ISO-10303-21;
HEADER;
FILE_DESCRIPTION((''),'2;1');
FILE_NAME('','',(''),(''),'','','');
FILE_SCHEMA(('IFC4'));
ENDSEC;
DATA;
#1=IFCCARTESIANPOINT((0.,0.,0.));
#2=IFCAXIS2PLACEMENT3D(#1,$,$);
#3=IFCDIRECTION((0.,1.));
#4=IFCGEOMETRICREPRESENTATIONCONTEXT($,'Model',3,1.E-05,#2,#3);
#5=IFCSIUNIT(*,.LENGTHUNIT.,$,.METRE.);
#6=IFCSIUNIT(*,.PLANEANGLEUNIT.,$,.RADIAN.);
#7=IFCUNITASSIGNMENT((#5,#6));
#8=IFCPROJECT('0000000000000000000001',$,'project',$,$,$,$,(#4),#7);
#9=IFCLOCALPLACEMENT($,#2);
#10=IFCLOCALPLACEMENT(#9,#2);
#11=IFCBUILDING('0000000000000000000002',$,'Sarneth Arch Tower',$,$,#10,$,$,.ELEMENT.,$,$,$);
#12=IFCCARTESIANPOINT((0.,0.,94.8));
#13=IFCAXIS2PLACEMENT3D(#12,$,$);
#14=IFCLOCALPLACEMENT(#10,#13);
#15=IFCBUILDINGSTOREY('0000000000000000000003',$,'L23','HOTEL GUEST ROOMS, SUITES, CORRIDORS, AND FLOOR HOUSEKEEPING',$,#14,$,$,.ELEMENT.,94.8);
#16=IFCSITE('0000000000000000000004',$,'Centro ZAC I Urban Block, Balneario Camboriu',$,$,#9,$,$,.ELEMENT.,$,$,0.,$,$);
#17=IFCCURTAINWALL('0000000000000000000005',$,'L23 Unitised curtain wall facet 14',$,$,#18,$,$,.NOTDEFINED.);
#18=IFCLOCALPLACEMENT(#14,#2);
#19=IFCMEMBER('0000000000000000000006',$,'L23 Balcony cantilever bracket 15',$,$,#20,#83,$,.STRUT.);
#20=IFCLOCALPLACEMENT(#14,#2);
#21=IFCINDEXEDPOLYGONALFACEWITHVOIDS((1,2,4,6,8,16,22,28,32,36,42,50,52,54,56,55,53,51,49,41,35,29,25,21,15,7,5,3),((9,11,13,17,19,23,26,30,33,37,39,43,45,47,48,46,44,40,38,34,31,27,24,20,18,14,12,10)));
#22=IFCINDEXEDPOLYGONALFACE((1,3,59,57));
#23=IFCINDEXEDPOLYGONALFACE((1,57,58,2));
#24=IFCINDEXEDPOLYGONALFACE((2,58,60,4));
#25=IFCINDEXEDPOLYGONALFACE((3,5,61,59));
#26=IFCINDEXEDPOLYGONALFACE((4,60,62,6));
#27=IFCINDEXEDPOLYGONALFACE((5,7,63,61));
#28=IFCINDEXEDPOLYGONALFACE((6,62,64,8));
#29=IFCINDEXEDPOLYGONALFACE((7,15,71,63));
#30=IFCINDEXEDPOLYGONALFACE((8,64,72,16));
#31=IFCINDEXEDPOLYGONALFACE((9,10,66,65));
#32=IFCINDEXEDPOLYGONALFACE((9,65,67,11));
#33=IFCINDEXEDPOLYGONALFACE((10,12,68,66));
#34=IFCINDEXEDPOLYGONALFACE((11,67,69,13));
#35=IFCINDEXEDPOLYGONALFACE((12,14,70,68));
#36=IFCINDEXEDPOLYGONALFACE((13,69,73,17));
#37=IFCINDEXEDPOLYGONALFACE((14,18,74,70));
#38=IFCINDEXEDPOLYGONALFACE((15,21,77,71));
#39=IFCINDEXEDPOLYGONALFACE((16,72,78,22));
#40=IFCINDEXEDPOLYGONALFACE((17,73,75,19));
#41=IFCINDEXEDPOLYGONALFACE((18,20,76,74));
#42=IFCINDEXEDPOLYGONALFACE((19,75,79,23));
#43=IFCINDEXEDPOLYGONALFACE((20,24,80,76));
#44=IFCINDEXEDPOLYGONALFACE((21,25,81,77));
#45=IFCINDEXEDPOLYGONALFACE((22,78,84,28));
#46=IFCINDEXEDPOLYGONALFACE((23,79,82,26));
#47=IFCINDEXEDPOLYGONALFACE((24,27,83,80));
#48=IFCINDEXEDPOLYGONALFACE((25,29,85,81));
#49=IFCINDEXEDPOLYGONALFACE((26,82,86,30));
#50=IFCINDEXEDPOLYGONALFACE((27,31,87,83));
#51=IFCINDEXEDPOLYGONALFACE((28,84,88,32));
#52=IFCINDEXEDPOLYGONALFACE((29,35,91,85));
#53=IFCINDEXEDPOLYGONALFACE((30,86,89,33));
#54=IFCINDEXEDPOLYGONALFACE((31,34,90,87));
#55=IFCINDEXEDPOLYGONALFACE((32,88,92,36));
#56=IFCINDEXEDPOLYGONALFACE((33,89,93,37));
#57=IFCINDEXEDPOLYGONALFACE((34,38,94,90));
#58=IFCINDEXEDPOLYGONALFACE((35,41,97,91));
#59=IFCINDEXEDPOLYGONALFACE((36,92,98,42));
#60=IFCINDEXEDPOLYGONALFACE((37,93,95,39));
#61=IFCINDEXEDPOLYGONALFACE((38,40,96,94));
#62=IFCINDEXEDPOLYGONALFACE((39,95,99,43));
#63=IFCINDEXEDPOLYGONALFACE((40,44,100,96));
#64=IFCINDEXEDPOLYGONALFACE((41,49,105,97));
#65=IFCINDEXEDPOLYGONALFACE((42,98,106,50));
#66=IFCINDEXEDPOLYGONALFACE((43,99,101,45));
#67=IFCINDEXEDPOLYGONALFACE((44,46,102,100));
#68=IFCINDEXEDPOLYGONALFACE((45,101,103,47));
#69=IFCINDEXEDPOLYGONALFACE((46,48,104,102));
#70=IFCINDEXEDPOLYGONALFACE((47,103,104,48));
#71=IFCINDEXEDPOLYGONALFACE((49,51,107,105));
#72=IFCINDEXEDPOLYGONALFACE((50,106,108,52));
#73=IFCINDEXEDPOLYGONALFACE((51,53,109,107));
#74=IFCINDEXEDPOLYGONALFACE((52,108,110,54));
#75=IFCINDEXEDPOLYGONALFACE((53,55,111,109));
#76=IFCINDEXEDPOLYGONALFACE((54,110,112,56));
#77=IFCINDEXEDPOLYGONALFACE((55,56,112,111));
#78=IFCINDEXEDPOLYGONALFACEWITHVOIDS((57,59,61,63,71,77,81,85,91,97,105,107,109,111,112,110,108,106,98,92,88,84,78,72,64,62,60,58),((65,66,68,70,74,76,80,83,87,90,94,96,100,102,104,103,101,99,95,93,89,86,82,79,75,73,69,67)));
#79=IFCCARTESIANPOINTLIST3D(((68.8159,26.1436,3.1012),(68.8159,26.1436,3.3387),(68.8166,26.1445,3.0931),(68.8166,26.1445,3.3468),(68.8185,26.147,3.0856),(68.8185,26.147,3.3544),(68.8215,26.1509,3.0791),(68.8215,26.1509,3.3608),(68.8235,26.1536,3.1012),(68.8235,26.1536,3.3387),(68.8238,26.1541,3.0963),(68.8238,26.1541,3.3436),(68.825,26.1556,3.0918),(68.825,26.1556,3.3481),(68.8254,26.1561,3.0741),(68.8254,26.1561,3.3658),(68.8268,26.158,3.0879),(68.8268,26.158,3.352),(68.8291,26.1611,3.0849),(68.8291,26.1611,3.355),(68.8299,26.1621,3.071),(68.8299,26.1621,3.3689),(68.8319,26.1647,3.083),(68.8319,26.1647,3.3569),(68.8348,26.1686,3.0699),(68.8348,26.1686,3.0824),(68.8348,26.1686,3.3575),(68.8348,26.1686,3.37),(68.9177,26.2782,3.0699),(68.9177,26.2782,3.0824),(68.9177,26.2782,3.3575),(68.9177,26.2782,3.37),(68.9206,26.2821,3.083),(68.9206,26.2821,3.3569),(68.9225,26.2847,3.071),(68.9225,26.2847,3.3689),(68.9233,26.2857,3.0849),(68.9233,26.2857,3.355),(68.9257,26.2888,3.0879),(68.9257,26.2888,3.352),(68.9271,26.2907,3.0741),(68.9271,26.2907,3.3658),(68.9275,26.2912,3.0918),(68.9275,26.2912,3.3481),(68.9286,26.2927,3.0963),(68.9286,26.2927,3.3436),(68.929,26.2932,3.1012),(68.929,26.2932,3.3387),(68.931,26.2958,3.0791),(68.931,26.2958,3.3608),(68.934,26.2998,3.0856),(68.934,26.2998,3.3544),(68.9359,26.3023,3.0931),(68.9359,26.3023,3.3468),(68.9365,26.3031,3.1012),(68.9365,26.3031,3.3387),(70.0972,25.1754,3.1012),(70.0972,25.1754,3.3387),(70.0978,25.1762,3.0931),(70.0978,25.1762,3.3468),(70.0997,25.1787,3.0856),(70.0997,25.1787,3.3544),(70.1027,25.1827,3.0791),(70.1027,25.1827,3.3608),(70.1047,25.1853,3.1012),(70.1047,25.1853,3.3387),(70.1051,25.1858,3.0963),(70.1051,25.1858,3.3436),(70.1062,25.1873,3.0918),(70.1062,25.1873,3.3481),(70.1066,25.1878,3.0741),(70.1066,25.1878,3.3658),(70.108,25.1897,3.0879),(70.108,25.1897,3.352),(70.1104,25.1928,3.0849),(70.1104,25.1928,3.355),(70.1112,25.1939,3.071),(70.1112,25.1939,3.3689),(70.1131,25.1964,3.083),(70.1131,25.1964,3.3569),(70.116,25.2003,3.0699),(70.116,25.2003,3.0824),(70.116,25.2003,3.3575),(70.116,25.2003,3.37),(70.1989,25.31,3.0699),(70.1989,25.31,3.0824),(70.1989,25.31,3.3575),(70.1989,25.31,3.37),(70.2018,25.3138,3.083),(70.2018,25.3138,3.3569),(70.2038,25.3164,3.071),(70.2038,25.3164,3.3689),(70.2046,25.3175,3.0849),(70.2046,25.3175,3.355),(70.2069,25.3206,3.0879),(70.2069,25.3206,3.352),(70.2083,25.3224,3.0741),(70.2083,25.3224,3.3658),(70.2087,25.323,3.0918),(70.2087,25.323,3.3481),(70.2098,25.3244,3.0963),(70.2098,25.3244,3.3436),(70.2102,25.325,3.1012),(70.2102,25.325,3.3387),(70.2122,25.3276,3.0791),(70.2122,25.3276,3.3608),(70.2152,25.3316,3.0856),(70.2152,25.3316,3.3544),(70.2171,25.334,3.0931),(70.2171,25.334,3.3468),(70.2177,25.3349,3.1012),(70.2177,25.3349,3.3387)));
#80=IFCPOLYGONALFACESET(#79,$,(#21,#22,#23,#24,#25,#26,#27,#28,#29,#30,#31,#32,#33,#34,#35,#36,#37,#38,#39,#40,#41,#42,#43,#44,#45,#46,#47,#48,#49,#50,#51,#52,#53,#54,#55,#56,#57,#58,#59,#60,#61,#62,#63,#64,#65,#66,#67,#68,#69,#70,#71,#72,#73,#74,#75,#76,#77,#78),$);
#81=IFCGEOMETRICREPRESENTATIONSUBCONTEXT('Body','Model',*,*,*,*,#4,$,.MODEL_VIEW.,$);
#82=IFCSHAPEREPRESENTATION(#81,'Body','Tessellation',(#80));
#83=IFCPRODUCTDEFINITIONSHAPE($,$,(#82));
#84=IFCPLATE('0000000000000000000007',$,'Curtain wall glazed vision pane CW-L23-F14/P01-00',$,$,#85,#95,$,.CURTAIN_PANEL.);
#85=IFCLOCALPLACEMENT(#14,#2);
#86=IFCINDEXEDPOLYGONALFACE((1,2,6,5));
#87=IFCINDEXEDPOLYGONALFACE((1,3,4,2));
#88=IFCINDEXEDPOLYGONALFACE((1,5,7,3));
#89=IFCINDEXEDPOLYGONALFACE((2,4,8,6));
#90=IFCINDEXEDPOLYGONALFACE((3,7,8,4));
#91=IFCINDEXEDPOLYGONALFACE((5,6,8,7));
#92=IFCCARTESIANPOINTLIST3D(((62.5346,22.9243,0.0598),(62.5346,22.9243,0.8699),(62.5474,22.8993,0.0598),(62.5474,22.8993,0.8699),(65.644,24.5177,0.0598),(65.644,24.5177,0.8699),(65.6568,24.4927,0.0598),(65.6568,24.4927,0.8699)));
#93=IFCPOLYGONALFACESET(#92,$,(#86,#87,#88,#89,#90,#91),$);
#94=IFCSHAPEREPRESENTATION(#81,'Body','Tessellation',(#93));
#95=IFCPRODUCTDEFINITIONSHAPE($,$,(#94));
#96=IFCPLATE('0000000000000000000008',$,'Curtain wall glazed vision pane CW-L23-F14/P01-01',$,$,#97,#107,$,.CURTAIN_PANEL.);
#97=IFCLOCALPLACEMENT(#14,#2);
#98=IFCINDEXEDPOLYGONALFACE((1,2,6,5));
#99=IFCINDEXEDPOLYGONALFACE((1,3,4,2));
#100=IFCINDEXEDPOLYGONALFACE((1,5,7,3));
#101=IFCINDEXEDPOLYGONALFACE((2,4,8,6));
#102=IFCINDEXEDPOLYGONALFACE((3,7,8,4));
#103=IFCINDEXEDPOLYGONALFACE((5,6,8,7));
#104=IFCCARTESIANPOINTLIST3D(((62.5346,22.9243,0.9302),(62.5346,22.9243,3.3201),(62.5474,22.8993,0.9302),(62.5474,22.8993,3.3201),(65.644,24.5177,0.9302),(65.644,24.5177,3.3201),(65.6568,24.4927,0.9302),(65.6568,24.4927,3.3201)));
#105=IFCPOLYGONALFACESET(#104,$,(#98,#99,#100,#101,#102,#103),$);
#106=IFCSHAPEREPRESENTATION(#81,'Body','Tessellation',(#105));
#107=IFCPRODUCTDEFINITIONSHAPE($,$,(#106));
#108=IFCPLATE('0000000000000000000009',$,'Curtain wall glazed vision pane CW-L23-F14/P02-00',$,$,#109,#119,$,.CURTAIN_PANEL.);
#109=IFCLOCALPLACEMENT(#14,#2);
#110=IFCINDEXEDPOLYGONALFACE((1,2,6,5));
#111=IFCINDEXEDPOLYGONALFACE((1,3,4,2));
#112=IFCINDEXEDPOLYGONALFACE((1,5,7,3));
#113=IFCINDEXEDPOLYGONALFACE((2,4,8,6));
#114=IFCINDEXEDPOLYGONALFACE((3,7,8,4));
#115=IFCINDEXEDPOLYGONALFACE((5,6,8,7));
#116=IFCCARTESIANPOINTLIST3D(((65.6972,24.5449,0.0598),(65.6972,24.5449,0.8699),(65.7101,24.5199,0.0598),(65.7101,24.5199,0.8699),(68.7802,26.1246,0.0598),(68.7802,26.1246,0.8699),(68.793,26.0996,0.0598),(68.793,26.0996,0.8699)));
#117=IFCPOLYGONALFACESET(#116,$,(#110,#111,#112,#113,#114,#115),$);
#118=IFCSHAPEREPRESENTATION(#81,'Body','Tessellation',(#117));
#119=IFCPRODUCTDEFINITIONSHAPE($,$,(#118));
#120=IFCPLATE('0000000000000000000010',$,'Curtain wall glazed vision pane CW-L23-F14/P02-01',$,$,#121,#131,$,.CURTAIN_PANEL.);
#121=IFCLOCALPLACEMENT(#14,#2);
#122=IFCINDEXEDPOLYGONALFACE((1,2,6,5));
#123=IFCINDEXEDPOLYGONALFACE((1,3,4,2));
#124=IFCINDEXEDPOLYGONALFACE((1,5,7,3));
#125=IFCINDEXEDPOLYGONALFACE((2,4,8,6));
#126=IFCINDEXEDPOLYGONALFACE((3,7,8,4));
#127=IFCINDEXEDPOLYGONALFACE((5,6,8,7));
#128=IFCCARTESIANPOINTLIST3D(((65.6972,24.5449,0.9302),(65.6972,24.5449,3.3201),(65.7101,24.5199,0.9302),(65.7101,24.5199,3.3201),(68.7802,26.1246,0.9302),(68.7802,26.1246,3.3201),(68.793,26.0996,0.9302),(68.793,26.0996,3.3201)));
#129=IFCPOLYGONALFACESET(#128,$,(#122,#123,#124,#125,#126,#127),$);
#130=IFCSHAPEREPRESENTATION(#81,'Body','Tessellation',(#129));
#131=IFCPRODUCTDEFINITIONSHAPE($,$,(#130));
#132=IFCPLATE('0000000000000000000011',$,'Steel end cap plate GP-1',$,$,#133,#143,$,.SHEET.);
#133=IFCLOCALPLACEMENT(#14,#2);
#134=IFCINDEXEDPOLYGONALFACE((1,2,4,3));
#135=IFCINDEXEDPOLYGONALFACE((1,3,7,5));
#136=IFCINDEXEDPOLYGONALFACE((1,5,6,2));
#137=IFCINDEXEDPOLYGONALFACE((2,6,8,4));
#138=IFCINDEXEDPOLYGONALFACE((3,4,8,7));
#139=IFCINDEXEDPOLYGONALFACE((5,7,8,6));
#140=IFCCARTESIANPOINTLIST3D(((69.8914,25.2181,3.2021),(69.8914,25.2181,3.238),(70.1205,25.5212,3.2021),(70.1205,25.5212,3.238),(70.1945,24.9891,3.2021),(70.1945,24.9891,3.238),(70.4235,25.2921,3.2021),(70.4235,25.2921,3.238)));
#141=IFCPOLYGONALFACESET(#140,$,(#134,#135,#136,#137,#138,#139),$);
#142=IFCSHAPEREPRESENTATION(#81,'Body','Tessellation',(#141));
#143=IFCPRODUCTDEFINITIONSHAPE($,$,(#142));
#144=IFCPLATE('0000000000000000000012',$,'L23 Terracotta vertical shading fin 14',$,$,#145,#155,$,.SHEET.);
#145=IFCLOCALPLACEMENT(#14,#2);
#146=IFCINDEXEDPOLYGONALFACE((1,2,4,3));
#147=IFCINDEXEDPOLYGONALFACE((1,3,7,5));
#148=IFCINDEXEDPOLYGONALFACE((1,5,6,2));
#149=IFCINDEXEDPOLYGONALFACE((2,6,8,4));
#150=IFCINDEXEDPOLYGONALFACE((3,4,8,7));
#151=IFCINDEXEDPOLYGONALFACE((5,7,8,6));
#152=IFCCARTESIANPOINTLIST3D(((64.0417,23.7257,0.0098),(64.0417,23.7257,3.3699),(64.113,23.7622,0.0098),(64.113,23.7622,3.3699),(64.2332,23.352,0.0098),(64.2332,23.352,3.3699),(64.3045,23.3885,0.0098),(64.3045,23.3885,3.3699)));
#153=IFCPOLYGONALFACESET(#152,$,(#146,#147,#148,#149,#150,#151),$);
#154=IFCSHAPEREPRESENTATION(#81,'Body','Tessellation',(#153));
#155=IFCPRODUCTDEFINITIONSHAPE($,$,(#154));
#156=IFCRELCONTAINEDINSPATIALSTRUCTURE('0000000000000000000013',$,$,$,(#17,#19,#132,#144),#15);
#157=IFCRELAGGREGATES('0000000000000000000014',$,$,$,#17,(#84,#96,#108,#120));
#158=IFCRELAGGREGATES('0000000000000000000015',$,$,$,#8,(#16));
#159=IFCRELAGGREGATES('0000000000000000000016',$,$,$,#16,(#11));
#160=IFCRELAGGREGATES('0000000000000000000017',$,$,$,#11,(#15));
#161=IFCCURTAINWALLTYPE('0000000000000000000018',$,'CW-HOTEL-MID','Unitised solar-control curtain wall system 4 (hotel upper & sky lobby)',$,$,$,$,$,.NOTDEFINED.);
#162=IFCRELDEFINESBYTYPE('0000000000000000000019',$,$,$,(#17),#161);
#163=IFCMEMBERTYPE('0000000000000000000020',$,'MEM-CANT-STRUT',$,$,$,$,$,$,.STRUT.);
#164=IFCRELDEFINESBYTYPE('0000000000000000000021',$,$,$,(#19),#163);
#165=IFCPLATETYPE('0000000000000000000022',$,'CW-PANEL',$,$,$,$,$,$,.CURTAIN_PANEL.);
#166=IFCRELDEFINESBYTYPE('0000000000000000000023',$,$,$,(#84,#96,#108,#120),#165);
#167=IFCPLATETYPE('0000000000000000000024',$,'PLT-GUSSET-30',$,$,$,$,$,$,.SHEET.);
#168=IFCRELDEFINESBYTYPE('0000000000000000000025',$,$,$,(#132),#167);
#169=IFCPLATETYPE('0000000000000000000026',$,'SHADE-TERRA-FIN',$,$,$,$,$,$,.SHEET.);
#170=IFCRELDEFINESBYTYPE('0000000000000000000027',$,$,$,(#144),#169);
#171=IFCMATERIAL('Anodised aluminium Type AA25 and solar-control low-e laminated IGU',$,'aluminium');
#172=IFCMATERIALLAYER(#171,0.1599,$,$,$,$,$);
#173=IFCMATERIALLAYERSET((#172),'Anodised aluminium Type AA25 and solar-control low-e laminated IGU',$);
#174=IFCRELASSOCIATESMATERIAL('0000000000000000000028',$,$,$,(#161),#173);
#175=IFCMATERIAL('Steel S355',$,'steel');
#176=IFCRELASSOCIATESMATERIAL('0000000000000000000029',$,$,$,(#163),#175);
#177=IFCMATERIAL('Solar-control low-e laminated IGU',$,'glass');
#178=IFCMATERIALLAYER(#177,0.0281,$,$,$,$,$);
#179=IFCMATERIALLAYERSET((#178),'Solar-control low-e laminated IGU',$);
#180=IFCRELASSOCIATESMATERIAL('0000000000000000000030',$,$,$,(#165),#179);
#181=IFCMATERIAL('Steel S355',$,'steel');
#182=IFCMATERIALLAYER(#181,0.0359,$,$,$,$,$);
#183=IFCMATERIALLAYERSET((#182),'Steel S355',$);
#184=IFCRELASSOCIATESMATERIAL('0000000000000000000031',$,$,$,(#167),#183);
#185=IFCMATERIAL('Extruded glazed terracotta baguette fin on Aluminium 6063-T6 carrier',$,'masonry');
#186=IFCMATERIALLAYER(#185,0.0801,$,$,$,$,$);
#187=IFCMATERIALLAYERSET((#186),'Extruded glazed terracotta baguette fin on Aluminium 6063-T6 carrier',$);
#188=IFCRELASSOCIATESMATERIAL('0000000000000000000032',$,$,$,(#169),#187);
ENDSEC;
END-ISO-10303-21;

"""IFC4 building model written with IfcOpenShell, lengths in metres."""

from ifc_helpers import new_model, si_unit, direction, frame, origin, origin_2d, place, context, subcontext, project, spatial, rectangle, hollow_rectangle, extrude, material, layer, layer_set, material_profile, profile_set, type_object, element, aggregate, save


model = new_model("IFC4")

# Units and contexts
model_context = context("Model", 3, precision=1e-05, world=origin(), true_north=direction((0.0, 1.0)))
body_context = subcontext(model_context, "Body", "Model", "MODEL_VIEW")
ifc_project = project(units=[si_unit("LENGTHUNIT", "METRE"), si_unit("PLANEANGLEUNIT", "RADIAN")], contexts=[model_context])

# Site, building, storey
site_placement = place(None, origin())
site = spatial("IfcSite", under=ifc_project, at=site_placement, Name="Centro ZAC I Urban Block, Balneario Camboriu", CompositionType="ELEMENT", RefElevation=0.0)
building_placement = place(site_placement, origin())
building = spatial("IfcBuilding", under=site, at=building_placement, Name="Sarneth Arch Tower", CompositionType="ELEMENT")
storey_placement = place(building_placement, frame((0.0, 0.0, 94.8)))
storey = spatial("IfcBuildingStorey", under=building, at=storey_placement, Name="L23", Description="HOTEL GUEST ROOMS, SUITES, CORRIDORS, AND FLOOR HOUSEKEEPING", CompositionType="ELEMENT", Elevation=94.8)

# Curtain wall
ifc_material_1 = material(Name="Anodised aluminium Type AA25 and solar-control low-e laminated IGU", Category="aluminium")
ifc_layer_1 = layer(ifc_material_1, 0.1599)
ifc_layer_set_1 = layer_set([ifc_layer_1], Name="Anodised aluminium Type AA25 and solar-control low-e laminated IGU")
curtain_wall_type = type_object("IfcCurtainWallType", Name="CW-HOTEL-MID", Description="Unitised solar-control curtain wall system 4 (hotel upper & sky lobby)", PredefinedType="NOTDEFINED", material=ifc_layer_set_1)
curtain_wall_placement = place(storey_placement, origin())
curtain_wall = element("IfcCurtainWall", 1, at=curtain_wall_placement, inside=storey, type_object=curtain_wall_type, Name="L23 Unitised curtain wall facet 14", PredefinedType="NOTDEFINED")

# Member
ifc_material_2 = material(Name="Steel S355", Category="steel")
ifc_material_profile_1 = material_profile(ifc_material_2, hollow_rectangle(XDim=0.2, YDim=0.3, WallThickness=0.0125, InnerFilletRadius=0.0188, OuterFilletRadius=0.0312, at=origin_2d()), Name="RHS300x200x12.5")
ifc_profile_set_1 = profile_set([ifc_material_profile_1], Name="Steel S355")
member_type_1 = type_object("IfcMemberType", Name="MEM-CANT-STRUT", PredefinedType="STRUT", material=ifc_profile_set_1)
member_1_placement = place(storey_placement, frame((68.8762, 26.2234, 3.22), z_axis=(0.797806, -0.602915, 0.0), x_axis=(0.602915, 0.797806, 0.0)))
element("IfcMember", 2, at=member_1_placement, inside=storey, type_object=member_type_1, Name="L23 Balcony cantilever bracket 15", PredefinedType="STRUT", context=body_context, shape_type="SweptSolid", body=[
    extrude(hollow_rectangle(XDim=0.2, YDim=0.3, WallThickness=0.0125, InnerFilletRadius=0.0188, OuterFilletRadius=0.0312, at=origin_2d()), origin(), (0.0, 0.0, 1.0), 1.606),
])

# Plates
ifc_material_3 = material(Name="Solar-control low-e laminated IGU", Category="glass")
ifc_layer_2 = layer(ifc_material_3, 0.0281)
ifc_layer_set_2 = layer_set([ifc_layer_2], Name="Solar-control low-e laminated IGU")
plate_type_1 = type_object("IfcPlateType", Name="CW-PANEL", PredefinedType="CURTAIN_PANEL", material=ifc_layer_set_2)
plate_1_placement = place(storey_placement, frame((64.0957, 23.7085, 0.0598), z_axis=(0.0, 0.0, 1.0), x_axis=(0.889964, 0.456031, 0.0)))
plate_1 = element("IfcPlate", 3, at=plate_1_placement, type_object=plate_type_1, Name="Curtain wall glazed vision pane CW-L23-F14/P01-00", PredefinedType="CURTAIN_PANEL", context=body_context, shape_type="SweptSolid", body=[
    extrude(rectangle(XDim=3.4939, YDim=0.0281, at=origin_2d()), origin(), (0.0, 0.0, 1.0), 0.8101),
])
plate_2_placement = place(storey_placement, frame((64.0957, 23.7085, 0.9302), z_axis=(0.0, 0.0, 1.0), x_axis=(0.889964, 0.456031, 0.0)))
plate_2 = element("IfcPlate", 4, at=plate_2_placement, type_object=plate_type_1, Name="Curtain wall glazed vision pane CW-L23-F14/P01-01", PredefinedType="CURTAIN_PANEL", context=body_context, shape_type="SweptSolid", body=[
    extrude(rectangle(XDim=3.4939, YDim=0.0281, at=origin_2d()), origin(), (0.0, 0.0, 1.0), 2.3899),
])
plate_3_placement = place(storey_placement, frame((67.2451, 25.3223, 0.0598), z_axis=(0.0, 0.0, 1.0), x_axis=(0.889964, 0.456031, 0.0)))
plate_3 = element("IfcPlate", 5, at=plate_3_placement, type_object=plate_type_1, Name="Curtain wall glazed vision pane CW-L23-F14/P02-00", PredefinedType="CURTAIN_PANEL", context=body_context, shape_type="SweptSolid", body=[
    extrude(rectangle(XDim=3.4641, YDim=0.0281, at=origin_2d()), origin(), (0.0, 0.0, 1.0), 0.8101),
])
plate_4_placement = place(storey_placement, frame((67.2451, 25.3223, 0.9302), z_axis=(0.0, 0.0, 1.0), x_axis=(0.889964, 0.456031, 0.0)))
plate_4 = element("IfcPlate", 6, at=plate_4_placement, type_object=plate_type_1, Name="Curtain wall glazed vision pane CW-L23-F14/P02-01", PredefinedType="CURTAIN_PANEL", context=body_context, shape_type="SweptSolid", body=[
    extrude(rectangle(XDim=3.4641, YDim=0.0281, at=origin_2d()), origin(), (0.0, 0.0, 1.0), 2.3899),
])
aggregate(curtain_wall, [plate_1, plate_2, plate_3, plate_4])

# Plates
ifc_material_4 = material(Name="Steel S355", Category="steel")
ifc_layer_3 = layer(ifc_material_4, 0.0359)
ifc_layer_set_3 = layer_set([ifc_layer_3], Name="Steel S355")
plate_type_2 = type_object("IfcPlateType", Name="PLT-GUSSET-30", PredefinedType="SHEET", material=ifc_layer_set_3)
plate_5_placement = place(storey_placement, frame((70.1575, 25.2551, 3.2021), z_axis=(0.0, 0.0, 1.0), x_axis=(0.797794, -0.60293, 0.0)))
element("IfcPlate", 7, at=plate_5_placement, inside=storey, type_object=plate_type_2, Name="Steel end cap plate GP-1", PredefinedType="SHEET", context=body_context, shape_type="SweptSolid", body=[
    extrude(rectangle(XDim=0.3799, YDim=0.3799, at=origin_2d()), origin(), (0.0, 0.0, 1.0), 0.0359),
])
ifc_material_5 = material(Name="Extruded glazed terracotta baguette fin on Aluminium 6063-T6 carrier", Category="masonry")
ifc_layer_4 = layer(ifc_material_5, 0.0801)
ifc_layer_set_4 = layer_set([ifc_layer_4], Name="Extruded glazed terracotta baguette fin on Aluminium 6063-T6 carrier")
plate_type_3 = type_object("IfcPlateType", Name="SHADE-TERRA-FIN", PredefinedType="SHEET", material=ifc_layer_set_4)
plate_6_placement = place(storey_placement, frame((64.1731, 23.5571, 0.0098), z_axis=(0.0, 0.0, 1.0), x_axis=(0.456011, -0.889974, 0.0)))
element("IfcPlate", 8, at=plate_6_placement, inside=storey, type_object=plate_type_3, Name="L23 Terracotta vertical shading fin 14", PredefinedType="SHEET", context=body_context, shape_type="SweptSolid", body=[
    extrude(rectangle(XDim=0.4199, YDim=0.0801, at=origin_2d()), origin(), (0.0, 0.0, 1.0), 3.3601),
])

save(model, "model.ifc")
